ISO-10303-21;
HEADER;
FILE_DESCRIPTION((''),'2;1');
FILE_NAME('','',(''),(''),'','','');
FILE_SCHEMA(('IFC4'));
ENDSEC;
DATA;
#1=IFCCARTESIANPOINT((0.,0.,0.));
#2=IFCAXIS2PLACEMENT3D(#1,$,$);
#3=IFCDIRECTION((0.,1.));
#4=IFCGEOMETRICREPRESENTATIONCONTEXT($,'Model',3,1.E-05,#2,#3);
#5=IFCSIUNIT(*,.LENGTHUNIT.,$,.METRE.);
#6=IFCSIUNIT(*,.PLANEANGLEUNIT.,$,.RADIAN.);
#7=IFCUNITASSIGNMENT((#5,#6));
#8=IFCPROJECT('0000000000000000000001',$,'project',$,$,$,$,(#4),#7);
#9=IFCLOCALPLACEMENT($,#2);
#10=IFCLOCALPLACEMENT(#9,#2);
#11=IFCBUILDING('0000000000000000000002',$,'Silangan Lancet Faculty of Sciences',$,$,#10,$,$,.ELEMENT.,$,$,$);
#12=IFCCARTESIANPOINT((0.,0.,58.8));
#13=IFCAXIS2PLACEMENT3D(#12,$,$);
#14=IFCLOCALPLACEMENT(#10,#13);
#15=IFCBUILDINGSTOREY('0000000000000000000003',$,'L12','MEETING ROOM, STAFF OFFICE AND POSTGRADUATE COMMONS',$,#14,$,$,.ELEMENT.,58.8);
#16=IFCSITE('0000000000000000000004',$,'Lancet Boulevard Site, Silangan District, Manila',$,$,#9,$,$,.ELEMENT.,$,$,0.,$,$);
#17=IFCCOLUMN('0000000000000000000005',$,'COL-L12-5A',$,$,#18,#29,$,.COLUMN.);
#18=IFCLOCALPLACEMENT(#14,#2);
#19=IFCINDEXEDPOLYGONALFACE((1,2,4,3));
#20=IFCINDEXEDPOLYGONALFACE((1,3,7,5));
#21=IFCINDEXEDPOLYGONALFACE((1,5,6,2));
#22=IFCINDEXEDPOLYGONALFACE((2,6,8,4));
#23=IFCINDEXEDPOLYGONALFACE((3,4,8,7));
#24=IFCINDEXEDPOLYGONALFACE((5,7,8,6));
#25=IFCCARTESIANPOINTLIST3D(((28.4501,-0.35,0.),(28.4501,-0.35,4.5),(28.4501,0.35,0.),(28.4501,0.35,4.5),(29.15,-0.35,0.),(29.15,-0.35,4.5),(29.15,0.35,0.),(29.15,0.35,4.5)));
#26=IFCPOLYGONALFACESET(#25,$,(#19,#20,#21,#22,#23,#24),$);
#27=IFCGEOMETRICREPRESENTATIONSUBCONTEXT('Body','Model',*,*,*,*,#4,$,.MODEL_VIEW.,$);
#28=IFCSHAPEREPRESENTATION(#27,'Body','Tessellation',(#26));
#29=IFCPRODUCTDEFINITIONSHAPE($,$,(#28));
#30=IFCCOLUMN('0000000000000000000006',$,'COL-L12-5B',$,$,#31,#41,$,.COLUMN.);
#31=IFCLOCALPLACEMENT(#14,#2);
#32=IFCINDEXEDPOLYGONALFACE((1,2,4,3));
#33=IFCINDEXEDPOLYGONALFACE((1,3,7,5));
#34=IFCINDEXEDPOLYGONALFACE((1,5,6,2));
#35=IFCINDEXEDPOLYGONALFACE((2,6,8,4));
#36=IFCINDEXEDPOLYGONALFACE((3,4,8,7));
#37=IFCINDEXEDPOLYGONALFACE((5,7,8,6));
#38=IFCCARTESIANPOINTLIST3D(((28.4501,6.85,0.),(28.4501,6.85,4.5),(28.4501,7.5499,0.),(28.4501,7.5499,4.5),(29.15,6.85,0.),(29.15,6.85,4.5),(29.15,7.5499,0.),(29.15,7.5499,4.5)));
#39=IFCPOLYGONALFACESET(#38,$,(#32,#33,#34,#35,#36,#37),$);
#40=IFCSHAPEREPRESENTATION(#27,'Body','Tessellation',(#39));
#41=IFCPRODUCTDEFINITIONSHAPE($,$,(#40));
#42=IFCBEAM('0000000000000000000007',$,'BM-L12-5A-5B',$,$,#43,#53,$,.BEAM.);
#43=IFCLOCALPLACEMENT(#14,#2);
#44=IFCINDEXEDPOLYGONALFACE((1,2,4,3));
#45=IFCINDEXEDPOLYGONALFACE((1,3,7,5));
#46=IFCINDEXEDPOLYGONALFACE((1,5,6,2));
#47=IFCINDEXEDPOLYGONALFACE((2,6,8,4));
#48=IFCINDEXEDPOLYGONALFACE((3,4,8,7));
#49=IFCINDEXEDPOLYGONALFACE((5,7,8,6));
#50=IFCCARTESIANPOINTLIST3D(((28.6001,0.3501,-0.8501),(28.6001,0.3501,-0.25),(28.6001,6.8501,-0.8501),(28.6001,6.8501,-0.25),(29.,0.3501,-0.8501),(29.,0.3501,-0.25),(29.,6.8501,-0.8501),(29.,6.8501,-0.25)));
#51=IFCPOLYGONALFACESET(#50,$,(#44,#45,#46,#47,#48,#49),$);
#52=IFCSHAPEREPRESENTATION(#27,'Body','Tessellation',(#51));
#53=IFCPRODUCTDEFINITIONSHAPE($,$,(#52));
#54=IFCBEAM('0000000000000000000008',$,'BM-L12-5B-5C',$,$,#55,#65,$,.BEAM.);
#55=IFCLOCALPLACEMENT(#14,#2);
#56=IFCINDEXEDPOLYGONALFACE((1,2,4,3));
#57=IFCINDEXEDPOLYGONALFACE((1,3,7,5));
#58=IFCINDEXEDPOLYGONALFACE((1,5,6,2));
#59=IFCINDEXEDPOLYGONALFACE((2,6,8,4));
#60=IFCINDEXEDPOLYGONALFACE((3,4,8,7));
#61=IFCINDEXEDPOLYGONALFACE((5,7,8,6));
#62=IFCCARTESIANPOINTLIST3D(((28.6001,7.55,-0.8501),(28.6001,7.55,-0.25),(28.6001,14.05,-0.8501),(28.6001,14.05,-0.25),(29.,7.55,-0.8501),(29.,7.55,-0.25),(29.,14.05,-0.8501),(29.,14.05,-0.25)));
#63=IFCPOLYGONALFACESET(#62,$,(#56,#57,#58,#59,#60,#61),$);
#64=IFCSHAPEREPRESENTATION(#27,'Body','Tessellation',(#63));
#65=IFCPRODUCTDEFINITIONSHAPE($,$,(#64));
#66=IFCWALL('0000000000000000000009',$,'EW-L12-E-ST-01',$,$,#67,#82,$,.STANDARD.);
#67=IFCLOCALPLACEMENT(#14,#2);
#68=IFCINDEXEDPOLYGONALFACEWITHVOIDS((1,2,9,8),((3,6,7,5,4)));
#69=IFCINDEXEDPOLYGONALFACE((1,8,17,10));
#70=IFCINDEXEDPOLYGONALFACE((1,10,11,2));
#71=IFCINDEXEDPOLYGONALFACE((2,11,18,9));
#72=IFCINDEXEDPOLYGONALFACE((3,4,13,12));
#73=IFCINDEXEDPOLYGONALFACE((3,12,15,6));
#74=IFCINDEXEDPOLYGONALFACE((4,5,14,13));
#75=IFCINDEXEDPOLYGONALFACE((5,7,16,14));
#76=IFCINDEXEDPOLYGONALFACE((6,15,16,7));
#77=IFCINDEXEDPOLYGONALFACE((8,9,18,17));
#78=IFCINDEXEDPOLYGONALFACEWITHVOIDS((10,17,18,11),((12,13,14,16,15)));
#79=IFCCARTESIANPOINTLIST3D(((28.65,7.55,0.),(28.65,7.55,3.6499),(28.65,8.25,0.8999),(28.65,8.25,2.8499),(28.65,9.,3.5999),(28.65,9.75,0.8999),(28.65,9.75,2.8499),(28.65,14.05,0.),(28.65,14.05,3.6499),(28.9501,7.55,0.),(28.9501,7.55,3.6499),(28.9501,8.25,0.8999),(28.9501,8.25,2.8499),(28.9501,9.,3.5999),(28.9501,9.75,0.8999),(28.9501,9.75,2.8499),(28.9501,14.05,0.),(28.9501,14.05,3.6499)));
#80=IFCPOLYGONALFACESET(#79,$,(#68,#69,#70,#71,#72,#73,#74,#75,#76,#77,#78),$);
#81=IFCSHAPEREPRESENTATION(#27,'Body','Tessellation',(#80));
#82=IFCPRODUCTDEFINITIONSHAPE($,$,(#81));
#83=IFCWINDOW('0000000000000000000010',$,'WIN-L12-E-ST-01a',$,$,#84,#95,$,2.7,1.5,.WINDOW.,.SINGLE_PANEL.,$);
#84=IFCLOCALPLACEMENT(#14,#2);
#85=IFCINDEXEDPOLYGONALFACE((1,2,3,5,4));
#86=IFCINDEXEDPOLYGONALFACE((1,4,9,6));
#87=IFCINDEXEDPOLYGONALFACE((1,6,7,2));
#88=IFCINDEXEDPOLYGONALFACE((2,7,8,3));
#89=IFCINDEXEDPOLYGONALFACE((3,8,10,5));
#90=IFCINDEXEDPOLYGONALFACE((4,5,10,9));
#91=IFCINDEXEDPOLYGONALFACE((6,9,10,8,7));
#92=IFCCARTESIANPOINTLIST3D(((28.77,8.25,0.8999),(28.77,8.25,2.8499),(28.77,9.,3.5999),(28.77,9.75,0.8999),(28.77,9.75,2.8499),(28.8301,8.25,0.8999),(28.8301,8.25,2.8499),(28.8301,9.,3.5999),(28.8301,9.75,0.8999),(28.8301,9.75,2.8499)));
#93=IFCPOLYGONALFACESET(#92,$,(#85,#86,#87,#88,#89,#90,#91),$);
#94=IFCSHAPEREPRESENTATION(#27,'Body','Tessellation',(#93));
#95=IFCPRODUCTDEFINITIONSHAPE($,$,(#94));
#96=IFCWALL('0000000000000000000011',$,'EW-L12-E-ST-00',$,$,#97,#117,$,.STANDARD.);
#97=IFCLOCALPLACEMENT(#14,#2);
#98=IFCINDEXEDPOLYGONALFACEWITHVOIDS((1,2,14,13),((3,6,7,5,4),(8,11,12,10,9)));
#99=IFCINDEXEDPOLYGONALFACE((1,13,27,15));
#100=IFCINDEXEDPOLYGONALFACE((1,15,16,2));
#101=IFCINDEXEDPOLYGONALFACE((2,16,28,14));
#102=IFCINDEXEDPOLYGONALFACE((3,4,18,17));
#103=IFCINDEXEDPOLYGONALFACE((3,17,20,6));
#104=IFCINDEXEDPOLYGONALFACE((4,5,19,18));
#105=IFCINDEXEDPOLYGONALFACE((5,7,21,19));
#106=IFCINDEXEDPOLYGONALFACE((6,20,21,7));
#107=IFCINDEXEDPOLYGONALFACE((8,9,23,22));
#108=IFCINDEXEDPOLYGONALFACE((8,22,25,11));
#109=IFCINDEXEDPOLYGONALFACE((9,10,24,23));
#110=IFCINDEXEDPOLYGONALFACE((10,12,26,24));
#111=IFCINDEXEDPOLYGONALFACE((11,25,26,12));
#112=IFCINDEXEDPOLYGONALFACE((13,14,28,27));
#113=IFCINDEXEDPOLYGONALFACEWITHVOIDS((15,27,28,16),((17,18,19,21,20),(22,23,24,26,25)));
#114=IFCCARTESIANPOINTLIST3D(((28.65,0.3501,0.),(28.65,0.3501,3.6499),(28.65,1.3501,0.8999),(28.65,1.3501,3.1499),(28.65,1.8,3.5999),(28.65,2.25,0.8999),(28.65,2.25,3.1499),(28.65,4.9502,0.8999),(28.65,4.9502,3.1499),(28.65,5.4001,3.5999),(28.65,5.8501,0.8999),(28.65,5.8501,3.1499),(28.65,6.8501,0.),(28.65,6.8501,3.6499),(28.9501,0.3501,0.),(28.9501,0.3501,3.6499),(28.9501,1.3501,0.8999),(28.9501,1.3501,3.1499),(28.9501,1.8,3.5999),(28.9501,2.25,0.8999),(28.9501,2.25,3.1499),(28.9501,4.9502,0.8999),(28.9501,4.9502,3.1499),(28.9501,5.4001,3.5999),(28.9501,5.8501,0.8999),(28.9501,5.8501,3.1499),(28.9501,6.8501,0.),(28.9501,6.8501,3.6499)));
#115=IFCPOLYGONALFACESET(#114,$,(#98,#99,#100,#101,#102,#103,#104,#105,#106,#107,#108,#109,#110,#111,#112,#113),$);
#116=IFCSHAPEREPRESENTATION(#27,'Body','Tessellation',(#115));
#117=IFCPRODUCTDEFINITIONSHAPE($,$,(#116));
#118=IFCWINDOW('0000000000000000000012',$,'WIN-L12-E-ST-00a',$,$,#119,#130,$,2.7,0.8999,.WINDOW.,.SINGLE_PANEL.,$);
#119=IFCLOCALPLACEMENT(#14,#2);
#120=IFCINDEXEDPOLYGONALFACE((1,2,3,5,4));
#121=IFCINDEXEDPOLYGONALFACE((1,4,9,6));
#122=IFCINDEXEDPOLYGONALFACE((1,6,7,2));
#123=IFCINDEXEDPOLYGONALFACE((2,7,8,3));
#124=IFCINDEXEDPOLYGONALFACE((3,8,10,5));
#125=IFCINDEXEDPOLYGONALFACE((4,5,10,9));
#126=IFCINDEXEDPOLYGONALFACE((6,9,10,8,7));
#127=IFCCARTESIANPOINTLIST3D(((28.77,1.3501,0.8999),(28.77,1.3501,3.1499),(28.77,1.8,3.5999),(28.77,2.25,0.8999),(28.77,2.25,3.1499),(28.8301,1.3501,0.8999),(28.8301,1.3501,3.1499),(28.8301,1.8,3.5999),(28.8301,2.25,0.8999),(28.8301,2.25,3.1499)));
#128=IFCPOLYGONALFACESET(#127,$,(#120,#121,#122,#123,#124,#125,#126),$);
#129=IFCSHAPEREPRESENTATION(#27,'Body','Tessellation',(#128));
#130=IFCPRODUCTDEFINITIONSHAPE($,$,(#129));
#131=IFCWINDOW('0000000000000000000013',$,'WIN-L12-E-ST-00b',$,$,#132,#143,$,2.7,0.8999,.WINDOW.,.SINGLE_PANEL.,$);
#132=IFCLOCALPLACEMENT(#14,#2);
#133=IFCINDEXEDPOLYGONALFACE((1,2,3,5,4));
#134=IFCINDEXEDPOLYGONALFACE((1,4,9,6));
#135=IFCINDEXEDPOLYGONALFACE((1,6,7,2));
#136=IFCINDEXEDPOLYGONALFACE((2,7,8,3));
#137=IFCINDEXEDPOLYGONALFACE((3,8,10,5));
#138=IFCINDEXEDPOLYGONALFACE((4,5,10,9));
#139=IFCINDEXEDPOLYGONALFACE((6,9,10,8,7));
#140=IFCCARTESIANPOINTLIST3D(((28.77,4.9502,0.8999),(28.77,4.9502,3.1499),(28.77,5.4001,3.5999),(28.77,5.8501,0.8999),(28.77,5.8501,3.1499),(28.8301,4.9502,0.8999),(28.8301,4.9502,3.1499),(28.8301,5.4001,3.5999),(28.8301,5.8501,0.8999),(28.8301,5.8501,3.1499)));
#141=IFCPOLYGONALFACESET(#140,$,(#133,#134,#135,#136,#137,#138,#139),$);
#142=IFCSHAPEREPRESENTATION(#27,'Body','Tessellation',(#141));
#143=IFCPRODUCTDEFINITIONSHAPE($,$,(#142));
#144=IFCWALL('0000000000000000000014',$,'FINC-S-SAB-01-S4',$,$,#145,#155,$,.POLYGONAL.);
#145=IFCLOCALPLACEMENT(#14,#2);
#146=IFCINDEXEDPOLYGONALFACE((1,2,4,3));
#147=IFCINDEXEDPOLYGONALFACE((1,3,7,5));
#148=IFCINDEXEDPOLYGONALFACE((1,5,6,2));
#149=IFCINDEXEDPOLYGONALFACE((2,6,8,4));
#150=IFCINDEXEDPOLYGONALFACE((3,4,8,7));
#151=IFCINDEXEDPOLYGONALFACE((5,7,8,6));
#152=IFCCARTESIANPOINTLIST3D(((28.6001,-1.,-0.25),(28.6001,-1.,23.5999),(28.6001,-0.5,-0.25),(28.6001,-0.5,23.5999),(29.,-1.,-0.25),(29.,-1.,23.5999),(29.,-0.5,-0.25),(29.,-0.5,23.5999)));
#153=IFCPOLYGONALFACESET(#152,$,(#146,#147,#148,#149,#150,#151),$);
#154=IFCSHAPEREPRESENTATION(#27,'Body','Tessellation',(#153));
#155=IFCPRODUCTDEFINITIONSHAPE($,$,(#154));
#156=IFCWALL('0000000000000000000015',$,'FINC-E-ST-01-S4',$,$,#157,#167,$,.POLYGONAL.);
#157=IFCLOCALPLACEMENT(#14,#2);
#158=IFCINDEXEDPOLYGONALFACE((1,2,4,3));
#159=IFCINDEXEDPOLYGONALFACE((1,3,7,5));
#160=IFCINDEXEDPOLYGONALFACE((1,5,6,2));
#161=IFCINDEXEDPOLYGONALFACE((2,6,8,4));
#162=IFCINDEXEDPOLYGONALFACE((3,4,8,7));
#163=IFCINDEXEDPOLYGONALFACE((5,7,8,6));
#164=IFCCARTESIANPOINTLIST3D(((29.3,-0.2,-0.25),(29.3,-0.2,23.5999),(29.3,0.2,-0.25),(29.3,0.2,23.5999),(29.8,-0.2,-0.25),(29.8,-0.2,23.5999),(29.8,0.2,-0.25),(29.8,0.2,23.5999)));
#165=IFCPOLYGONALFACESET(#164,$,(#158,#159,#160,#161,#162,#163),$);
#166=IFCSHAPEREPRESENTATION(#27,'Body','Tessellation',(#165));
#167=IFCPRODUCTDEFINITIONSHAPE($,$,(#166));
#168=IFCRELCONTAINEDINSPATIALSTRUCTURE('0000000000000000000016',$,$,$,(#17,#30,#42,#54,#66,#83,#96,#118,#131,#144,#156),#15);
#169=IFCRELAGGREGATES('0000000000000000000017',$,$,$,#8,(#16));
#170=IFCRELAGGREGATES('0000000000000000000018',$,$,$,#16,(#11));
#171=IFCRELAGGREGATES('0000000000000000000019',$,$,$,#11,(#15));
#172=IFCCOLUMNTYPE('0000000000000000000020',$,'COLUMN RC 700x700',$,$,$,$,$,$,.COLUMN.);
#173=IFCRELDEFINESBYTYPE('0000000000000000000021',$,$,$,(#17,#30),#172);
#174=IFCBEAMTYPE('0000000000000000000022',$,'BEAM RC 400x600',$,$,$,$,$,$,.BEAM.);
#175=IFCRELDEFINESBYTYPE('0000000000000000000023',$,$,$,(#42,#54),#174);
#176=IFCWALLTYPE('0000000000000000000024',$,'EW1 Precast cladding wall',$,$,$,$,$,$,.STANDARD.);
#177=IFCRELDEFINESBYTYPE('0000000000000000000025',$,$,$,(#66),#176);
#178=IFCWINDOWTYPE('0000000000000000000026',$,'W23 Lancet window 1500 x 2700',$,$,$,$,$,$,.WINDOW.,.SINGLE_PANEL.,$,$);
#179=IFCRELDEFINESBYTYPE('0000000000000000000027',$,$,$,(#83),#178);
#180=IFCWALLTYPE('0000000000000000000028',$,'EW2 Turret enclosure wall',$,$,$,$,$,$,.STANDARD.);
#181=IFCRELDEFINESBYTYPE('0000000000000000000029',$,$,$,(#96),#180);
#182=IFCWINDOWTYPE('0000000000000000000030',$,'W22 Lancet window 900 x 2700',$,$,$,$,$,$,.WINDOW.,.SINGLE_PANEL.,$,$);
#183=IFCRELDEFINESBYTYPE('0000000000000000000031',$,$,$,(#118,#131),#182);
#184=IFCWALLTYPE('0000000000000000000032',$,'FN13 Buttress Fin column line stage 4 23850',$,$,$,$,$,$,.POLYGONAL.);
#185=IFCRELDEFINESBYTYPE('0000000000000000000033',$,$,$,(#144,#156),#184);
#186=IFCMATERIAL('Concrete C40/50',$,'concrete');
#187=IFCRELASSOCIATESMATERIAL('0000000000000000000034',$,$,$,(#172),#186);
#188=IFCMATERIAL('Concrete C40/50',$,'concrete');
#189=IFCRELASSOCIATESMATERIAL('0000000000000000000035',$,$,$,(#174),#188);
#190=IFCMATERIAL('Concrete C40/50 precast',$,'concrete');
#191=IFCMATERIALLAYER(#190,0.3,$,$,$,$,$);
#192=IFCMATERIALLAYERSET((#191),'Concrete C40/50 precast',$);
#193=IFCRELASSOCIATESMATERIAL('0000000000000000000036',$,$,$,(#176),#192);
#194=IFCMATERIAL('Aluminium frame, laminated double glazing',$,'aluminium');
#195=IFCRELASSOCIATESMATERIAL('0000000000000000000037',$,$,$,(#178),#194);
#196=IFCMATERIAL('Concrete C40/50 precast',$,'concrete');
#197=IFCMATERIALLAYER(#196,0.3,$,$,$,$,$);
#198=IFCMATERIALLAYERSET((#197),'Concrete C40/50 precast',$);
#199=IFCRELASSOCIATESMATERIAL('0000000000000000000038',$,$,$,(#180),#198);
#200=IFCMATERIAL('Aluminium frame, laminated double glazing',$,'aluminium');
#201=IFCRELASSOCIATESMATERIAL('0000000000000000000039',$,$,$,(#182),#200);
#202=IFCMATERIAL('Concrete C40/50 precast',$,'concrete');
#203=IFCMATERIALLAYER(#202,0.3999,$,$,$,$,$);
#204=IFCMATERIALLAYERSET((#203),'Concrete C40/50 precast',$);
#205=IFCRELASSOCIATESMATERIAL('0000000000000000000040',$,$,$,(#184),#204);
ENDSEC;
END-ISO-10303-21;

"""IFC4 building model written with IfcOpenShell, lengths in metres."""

from ifc_helpers import new_model, si_unit, direction, frame, frame_2d, origin, origin_2d, place, context, subcontext, project, spatial, polyline, rectangle, outline, extrude, material, layer, layer_set, material_profile, profile_set, type_object, element, fill, save


model = new_model("IFC4")

# Units and contexts
model_context = context("Model", 3, precision=1e-05, world=origin(), true_north=direction((0.0, 1.0)))
body_context = subcontext(model_context, "Body", "Model", "MODEL_VIEW")
ifc_project = project(units=[si_unit("LENGTHUNIT", "METRE"), si_unit("PLANEANGLEUNIT", "RADIAN")], contexts=[model_context])

# Site, building, storey
site_placement = place(None, origin())
site = spatial("IfcSite", under=ifc_project, at=site_placement, Name="Lancet Boulevard Site, Silangan District, Manila", CompositionType="ELEMENT", RefElevation=0.0)
building_placement = place(site_placement, origin())
building = spatial("IfcBuilding", under=site, at=building_placement, Name="Silangan Lancet Faculty of Sciences", CompositionType="ELEMENT")
storey_placement = place(building_placement, frame((0.0, 0.0, 58.8)))
storey = spatial("IfcBuildingStorey", under=building, at=storey_placement, Name="L12", Description="MEETING ROOM, STAFF OFFICE AND POSTGRADUATE COMMONS", CompositionType="ELEMENT", Elevation=58.8)

# Columns
ifc_material_1 = material(Name="Concrete C40/50", Category="concrete")
ifc_material_profile_1 = material_profile(ifc_material_1, rectangle(XDim=0.7, YDim=0.7, at=origin_2d()), Name="RC 700x700")
ifc_profile_set_1 = profile_set([ifc_material_profile_1], Name="Concrete C40/50")
column_type = type_object("IfcColumnType", Name="COLUMN RC 700x700", PredefinedType="COLUMN", material=ifc_profile_set_1)
for number, where, z_axis, x_axis, name in (
    (1, (28.8, 0.0, 0.0), (0.0, 0.0, 1.0), (1.0, 0.0, 0.0), "COL-L12-5A"),
    (2, (28.8, 7.2, 0.0), (0.0, 0.0, 1.0), (1.0, 0.0, 0.0), "COL-L12-5B"),
):
    element("IfcColumn", number, at=place(storey_placement, frame(where, z_axis=z_axis, x_axis=x_axis)), inside=storey, type_object=column_type, Name=name, PredefinedType="COLUMN", context=body_context, shape_type="SweptSolid", body=[
        extrude(rectangle(XDim=0.7, YDim=0.7, at=origin_2d()), origin(), (0.0, 0.0, 1.0), 4.5),
    ])

# Beams
ifc_material_2 = material(Name="Concrete C40/50", Category="concrete")
ifc_material_profile_2 = material_profile(ifc_material_2, rectangle(XDim=0.3999, YDim=0.6001, at=origin_2d()), Name="RC 400x600")
ifc_profile_set_2 = profile_set([ifc_material_profile_2], Name="Concrete C40/50")
beam_type = type_object("IfcBeamType", Name="BEAM RC 400x600", PredefinedType="BEAM", material=ifc_profile_set_2)
for number, where, z_axis, x_axis, name in (
    (3, (28.8, 0.3501, -0.55), (0.0, 1.0, 0.0), (-1.0, 0.0, 0.0), "BM-L12-5A-5B"),
    (4, (28.8, 7.55, -0.55), (0.0, 1.0, 0.0), (-1.0, 0.0, 0.0), "BM-L12-5B-5C"),
):
    element("IfcBeam", number, at=place(storey_placement, frame(where, z_axis=z_axis, x_axis=x_axis)), inside=storey, type_object=beam_type, Name=name, PredefinedType="BEAM", context=body_context, shape_type="SweptSolid", body=[
        extrude(rectangle(XDim=0.3999, YDim=0.6001, at=origin_2d()), origin(), (0.0, 0.0, 1.0), 6.5),
    ])

# Wall, opening, window
ifc_material_3 = material(Name="Concrete C40/50 precast", Category="concrete")
ifc_layer_1 = layer(ifc_material_3, 0.3)
ifc_layer_set_1 = layer_set([ifc_layer_1], Name="Concrete C40/50 precast")
wall_type_1 = type_object("IfcWallType", Name="EW1 Precast cladding wall", PredefinedType="STANDARD", material=ifc_layer_set_1)
wall_1_placement = place(storey_placement, frame((28.8, 7.55, 0.0), z_axis=(0.0, 0.0, 1.0), x_axis=(0.0, 1.0, 0.0)))
wall_1 = element("IfcWall", 5, at=wall_1_placement, inside=storey, type_object=wall_type_1, Name="EW-L12-E-ST-01", PredefinedType="STANDARD", context=body_context, shape_type="SweptSolid", body=[
    extrude(rectangle(XDim=6.5, YDim=0.3, at=frame_2d((3.25, 0.0))), origin(), (0.0, 0.0, 1.0), 3.6499),
])
opening_1_placement = place(wall_1_placement, frame((0.7, 0.0, 0.8999)))
opening_1 = element("IfcOpeningElement", 6, at=opening_1_placement, cuts=wall_1, PredefinedType="OPENING", context=body_context, shape_type="SweptSolid", body=[
    extrude(outline(polyline([(0.0, 0.0), (1.5, 0.0), (1.5, 1.95), (0.75, 2.7), (0.0, 1.95), (0.0, 0.0)])), frame((0.0, 0.1599, 0.0), z_axis=(0.0, -1.0, 0.0), x_axis=(1.0, 0.0, 0.0)), (0.0, 0.0, 1.0), 0.3201),
])
ifc_material_4 = material(Name="Aluminium frame, laminated double glazing", Category="aluminium")
window_type_1 = type_object("IfcWindowType", Name="W23 Lancet window 1500 x 2700", PartitioningType="SINGLE_PANEL", PredefinedType="WINDOW", material=ifc_material_4)
window_1_placement = place(opening_1_placement, origin())
window_1 = element("IfcWindow", 7, at=window_1_placement, inside=storey, type_object=window_type_1, Name="WIN-L12-E-ST-01a", OverallHeight=2.7, OverallWidth=1.5, PartitioningType="SINGLE_PANEL", PredefinedType="WINDOW", context=body_context, shape_type="SweptSolid", body=[
    extrude(outline(polyline([(0.0, 0.0), (1.5, 0.0), (1.5, 1.95), (0.75, 2.7), (0.0, 1.95), (0.0, 0.0)])), frame((0.0, 0.03, 0.0), z_axis=(0.0, -1.0, 0.0), x_axis=(1.0, 0.0, 0.0)), (0.0, 0.0, 1.0), 0.0601),
])
fill(opening_1, window_1)

# Wall, openings, windows
ifc_material_5 = material(Name="Concrete C40/50 precast", Category="concrete")
ifc_layer_2 = layer(ifc_material_5, 0.3)
ifc_layer_set_2 = layer_set([ifc_layer_2], Name="Concrete C40/50 precast")
wall_type_2 = type_object("IfcWallType", Name="EW2 Turret enclosure wall", PredefinedType="STANDARD", material=ifc_layer_set_2)
wall_2_placement = place(storey_placement, frame((28.8, 0.3501, 0.0), z_axis=(0.0, 0.0, 1.0), x_axis=(0.0, 1.0, 0.0)))
wall_2 = element("IfcWall", 8, at=wall_2_placement, inside=storey, type_object=wall_type_2, Name="EW-L12-E-ST-00", PredefinedType="STANDARD", context=body_context, shape_type="SweptSolid", body=[
    extrude(rectangle(XDim=6.5, YDim=0.3, at=frame_2d((3.25, 0.0))), origin(), (0.0, 0.0, 1.0), 3.6499),
])
opening_2_placement = place(wall_2_placement, frame((1.0, 0.0, 0.8999)))
opening_2 = element("IfcOpeningElement", 9, at=opening_2_placement, cuts=wall_2, PredefinedType="OPENING", context=body_context, shape_type="SweptSolid", body=[
    extrude(outline(polyline([(0.0, 0.0), (0.8999, 0.0), (0.8999, 2.25), (0.45, 2.7), (0.0, 2.25), (0.0, 0.0)])), frame((0.0, 0.1599, 0.0), z_axis=(0.0, -1.0, 0.0), x_axis=(1.0, 0.0, 0.0)), (0.0, 0.0, 1.0), 0.3201),
])
opening_3_placement = place(wall_2_placement, frame((4.6001, 0.0, 0.8999)))
opening_3 = element("IfcOpeningElement", 10, at=opening_3_placement, cuts=wall_2, PredefinedType="OPENING", context=body_context, shape_type="SweptSolid", body=[
    extrude(outline(polyline([(0.0, 0.0), (0.8999, 0.0), (0.8999, 2.25), (0.45, 2.7), (0.0, 2.25), (0.0, 0.0)])), frame((0.0, 0.1599, 0.0), z_axis=(0.0, -1.0, 0.0), x_axis=(1.0, 0.0, 0.0)), (0.0, 0.0, 1.0), 0.3201),
])
ifc_material_6 = material(Name="Aluminium frame, laminated double glazing", Category="aluminium")
window_type_2 = type_object("IfcWindowType", Name="W22 Lancet window 900 x 2700", PartitioningType="SINGLE_PANEL", PredefinedType="WINDOW", material=ifc_material_6)
window_2_placement = place(opening_2_placement, origin())
window_2 = element("IfcWindow", 11, at=window_2_placement, inside=storey, type_object=window_type_2, Name="WIN-L12-E-ST-00a", OverallHeight=2.7, OverallWidth=0.8999, PartitioningType="SINGLE_PANEL", PredefinedType="WINDOW", context=body_context, shape_type="SweptSolid", body=[
    extrude(outline(polyline([(0.0, 0.0), (0.8999, 0.0), (0.8999, 2.25), (0.45, 2.7), (0.0, 2.25), (0.0, 0.0)])), frame((0.0, 0.03, 0.0), z_axis=(0.0, -1.0, 0.0), x_axis=(1.0, 0.0, 0.0)), (0.0, 0.0, 1.0), 0.0601),
])
fill(opening_2, window_2)
window_3_placement = place(opening_3_placement, origin())
window_3 = element("IfcWindow", 12, at=window_3_placement, inside=storey, type_object=window_type_2, Name="WIN-L12-E-ST-00b", OverallHeight=2.7, OverallWidth=0.8999, PartitioningType="SINGLE_PANEL", PredefinedType="WINDOW", context=body_context, shape_type="SweptSolid", body=[
    extrude(outline(polyline([(0.0, 0.0), (0.8999, 0.0), (0.8999, 2.25), (0.45, 2.7), (0.0, 2.25), (0.0, 0.0)])), frame((0.0, 0.03, 0.0), z_axis=(0.0, -1.0, 0.0), x_axis=(1.0, 0.0, 0.0)), (0.0, 0.0, 1.0), 0.0601),
])
fill(opening_3, window_3)

# Walls
ifc_material_7 = material(Name="Concrete C40/50 precast", Category="concrete")
ifc_layer_3 = layer(ifc_material_7, 0.3999)
ifc_layer_set_3 = layer_set([ifc_layer_3], Name="Concrete C40/50 precast")
wall_type_3 = type_object("IfcWallType", Name="FN13 Buttress Fin column line stage 4 23850", PredefinedType="POLYGONAL", material=ifc_layer_set_3)
for number, where, z_axis, x_axis, name in (
    (13, (28.8, -0.5, -0.25), (0.0, 0.0, 1.0), (0.0, -1.0, 0.0), "FINC-S-SAB-01-S4"),
    (14, (29.3, 0.0, -0.25), (0.0, 0.0, 1.0), (1.0, 0.0, 0.0), "FINC-E-ST-01-S4"),
):
    element("IfcWall", number, at=place(storey_placement, frame(where, z_axis=z_axis, x_axis=x_axis)), inside=storey, type_object=wall_type_3, Name=name, PredefinedType="POLYGONAL", context=body_context, shape_type="SweptSolid", body=[
        extrude(outline(polyline([(0.5, 0.0), (0.5, 23.8499), (0.0, 23.8499), (0.0, 0.0), (0.5, 0.0)])), frame((0.0, 0.2, 0.0), z_axis=(0.0, -1.0, 0.0), x_axis=(1.0, 0.0, 0.0)), (0.0, 0.0, 1.0), 0.3999),
    ])

save(model, "model.ifc")
